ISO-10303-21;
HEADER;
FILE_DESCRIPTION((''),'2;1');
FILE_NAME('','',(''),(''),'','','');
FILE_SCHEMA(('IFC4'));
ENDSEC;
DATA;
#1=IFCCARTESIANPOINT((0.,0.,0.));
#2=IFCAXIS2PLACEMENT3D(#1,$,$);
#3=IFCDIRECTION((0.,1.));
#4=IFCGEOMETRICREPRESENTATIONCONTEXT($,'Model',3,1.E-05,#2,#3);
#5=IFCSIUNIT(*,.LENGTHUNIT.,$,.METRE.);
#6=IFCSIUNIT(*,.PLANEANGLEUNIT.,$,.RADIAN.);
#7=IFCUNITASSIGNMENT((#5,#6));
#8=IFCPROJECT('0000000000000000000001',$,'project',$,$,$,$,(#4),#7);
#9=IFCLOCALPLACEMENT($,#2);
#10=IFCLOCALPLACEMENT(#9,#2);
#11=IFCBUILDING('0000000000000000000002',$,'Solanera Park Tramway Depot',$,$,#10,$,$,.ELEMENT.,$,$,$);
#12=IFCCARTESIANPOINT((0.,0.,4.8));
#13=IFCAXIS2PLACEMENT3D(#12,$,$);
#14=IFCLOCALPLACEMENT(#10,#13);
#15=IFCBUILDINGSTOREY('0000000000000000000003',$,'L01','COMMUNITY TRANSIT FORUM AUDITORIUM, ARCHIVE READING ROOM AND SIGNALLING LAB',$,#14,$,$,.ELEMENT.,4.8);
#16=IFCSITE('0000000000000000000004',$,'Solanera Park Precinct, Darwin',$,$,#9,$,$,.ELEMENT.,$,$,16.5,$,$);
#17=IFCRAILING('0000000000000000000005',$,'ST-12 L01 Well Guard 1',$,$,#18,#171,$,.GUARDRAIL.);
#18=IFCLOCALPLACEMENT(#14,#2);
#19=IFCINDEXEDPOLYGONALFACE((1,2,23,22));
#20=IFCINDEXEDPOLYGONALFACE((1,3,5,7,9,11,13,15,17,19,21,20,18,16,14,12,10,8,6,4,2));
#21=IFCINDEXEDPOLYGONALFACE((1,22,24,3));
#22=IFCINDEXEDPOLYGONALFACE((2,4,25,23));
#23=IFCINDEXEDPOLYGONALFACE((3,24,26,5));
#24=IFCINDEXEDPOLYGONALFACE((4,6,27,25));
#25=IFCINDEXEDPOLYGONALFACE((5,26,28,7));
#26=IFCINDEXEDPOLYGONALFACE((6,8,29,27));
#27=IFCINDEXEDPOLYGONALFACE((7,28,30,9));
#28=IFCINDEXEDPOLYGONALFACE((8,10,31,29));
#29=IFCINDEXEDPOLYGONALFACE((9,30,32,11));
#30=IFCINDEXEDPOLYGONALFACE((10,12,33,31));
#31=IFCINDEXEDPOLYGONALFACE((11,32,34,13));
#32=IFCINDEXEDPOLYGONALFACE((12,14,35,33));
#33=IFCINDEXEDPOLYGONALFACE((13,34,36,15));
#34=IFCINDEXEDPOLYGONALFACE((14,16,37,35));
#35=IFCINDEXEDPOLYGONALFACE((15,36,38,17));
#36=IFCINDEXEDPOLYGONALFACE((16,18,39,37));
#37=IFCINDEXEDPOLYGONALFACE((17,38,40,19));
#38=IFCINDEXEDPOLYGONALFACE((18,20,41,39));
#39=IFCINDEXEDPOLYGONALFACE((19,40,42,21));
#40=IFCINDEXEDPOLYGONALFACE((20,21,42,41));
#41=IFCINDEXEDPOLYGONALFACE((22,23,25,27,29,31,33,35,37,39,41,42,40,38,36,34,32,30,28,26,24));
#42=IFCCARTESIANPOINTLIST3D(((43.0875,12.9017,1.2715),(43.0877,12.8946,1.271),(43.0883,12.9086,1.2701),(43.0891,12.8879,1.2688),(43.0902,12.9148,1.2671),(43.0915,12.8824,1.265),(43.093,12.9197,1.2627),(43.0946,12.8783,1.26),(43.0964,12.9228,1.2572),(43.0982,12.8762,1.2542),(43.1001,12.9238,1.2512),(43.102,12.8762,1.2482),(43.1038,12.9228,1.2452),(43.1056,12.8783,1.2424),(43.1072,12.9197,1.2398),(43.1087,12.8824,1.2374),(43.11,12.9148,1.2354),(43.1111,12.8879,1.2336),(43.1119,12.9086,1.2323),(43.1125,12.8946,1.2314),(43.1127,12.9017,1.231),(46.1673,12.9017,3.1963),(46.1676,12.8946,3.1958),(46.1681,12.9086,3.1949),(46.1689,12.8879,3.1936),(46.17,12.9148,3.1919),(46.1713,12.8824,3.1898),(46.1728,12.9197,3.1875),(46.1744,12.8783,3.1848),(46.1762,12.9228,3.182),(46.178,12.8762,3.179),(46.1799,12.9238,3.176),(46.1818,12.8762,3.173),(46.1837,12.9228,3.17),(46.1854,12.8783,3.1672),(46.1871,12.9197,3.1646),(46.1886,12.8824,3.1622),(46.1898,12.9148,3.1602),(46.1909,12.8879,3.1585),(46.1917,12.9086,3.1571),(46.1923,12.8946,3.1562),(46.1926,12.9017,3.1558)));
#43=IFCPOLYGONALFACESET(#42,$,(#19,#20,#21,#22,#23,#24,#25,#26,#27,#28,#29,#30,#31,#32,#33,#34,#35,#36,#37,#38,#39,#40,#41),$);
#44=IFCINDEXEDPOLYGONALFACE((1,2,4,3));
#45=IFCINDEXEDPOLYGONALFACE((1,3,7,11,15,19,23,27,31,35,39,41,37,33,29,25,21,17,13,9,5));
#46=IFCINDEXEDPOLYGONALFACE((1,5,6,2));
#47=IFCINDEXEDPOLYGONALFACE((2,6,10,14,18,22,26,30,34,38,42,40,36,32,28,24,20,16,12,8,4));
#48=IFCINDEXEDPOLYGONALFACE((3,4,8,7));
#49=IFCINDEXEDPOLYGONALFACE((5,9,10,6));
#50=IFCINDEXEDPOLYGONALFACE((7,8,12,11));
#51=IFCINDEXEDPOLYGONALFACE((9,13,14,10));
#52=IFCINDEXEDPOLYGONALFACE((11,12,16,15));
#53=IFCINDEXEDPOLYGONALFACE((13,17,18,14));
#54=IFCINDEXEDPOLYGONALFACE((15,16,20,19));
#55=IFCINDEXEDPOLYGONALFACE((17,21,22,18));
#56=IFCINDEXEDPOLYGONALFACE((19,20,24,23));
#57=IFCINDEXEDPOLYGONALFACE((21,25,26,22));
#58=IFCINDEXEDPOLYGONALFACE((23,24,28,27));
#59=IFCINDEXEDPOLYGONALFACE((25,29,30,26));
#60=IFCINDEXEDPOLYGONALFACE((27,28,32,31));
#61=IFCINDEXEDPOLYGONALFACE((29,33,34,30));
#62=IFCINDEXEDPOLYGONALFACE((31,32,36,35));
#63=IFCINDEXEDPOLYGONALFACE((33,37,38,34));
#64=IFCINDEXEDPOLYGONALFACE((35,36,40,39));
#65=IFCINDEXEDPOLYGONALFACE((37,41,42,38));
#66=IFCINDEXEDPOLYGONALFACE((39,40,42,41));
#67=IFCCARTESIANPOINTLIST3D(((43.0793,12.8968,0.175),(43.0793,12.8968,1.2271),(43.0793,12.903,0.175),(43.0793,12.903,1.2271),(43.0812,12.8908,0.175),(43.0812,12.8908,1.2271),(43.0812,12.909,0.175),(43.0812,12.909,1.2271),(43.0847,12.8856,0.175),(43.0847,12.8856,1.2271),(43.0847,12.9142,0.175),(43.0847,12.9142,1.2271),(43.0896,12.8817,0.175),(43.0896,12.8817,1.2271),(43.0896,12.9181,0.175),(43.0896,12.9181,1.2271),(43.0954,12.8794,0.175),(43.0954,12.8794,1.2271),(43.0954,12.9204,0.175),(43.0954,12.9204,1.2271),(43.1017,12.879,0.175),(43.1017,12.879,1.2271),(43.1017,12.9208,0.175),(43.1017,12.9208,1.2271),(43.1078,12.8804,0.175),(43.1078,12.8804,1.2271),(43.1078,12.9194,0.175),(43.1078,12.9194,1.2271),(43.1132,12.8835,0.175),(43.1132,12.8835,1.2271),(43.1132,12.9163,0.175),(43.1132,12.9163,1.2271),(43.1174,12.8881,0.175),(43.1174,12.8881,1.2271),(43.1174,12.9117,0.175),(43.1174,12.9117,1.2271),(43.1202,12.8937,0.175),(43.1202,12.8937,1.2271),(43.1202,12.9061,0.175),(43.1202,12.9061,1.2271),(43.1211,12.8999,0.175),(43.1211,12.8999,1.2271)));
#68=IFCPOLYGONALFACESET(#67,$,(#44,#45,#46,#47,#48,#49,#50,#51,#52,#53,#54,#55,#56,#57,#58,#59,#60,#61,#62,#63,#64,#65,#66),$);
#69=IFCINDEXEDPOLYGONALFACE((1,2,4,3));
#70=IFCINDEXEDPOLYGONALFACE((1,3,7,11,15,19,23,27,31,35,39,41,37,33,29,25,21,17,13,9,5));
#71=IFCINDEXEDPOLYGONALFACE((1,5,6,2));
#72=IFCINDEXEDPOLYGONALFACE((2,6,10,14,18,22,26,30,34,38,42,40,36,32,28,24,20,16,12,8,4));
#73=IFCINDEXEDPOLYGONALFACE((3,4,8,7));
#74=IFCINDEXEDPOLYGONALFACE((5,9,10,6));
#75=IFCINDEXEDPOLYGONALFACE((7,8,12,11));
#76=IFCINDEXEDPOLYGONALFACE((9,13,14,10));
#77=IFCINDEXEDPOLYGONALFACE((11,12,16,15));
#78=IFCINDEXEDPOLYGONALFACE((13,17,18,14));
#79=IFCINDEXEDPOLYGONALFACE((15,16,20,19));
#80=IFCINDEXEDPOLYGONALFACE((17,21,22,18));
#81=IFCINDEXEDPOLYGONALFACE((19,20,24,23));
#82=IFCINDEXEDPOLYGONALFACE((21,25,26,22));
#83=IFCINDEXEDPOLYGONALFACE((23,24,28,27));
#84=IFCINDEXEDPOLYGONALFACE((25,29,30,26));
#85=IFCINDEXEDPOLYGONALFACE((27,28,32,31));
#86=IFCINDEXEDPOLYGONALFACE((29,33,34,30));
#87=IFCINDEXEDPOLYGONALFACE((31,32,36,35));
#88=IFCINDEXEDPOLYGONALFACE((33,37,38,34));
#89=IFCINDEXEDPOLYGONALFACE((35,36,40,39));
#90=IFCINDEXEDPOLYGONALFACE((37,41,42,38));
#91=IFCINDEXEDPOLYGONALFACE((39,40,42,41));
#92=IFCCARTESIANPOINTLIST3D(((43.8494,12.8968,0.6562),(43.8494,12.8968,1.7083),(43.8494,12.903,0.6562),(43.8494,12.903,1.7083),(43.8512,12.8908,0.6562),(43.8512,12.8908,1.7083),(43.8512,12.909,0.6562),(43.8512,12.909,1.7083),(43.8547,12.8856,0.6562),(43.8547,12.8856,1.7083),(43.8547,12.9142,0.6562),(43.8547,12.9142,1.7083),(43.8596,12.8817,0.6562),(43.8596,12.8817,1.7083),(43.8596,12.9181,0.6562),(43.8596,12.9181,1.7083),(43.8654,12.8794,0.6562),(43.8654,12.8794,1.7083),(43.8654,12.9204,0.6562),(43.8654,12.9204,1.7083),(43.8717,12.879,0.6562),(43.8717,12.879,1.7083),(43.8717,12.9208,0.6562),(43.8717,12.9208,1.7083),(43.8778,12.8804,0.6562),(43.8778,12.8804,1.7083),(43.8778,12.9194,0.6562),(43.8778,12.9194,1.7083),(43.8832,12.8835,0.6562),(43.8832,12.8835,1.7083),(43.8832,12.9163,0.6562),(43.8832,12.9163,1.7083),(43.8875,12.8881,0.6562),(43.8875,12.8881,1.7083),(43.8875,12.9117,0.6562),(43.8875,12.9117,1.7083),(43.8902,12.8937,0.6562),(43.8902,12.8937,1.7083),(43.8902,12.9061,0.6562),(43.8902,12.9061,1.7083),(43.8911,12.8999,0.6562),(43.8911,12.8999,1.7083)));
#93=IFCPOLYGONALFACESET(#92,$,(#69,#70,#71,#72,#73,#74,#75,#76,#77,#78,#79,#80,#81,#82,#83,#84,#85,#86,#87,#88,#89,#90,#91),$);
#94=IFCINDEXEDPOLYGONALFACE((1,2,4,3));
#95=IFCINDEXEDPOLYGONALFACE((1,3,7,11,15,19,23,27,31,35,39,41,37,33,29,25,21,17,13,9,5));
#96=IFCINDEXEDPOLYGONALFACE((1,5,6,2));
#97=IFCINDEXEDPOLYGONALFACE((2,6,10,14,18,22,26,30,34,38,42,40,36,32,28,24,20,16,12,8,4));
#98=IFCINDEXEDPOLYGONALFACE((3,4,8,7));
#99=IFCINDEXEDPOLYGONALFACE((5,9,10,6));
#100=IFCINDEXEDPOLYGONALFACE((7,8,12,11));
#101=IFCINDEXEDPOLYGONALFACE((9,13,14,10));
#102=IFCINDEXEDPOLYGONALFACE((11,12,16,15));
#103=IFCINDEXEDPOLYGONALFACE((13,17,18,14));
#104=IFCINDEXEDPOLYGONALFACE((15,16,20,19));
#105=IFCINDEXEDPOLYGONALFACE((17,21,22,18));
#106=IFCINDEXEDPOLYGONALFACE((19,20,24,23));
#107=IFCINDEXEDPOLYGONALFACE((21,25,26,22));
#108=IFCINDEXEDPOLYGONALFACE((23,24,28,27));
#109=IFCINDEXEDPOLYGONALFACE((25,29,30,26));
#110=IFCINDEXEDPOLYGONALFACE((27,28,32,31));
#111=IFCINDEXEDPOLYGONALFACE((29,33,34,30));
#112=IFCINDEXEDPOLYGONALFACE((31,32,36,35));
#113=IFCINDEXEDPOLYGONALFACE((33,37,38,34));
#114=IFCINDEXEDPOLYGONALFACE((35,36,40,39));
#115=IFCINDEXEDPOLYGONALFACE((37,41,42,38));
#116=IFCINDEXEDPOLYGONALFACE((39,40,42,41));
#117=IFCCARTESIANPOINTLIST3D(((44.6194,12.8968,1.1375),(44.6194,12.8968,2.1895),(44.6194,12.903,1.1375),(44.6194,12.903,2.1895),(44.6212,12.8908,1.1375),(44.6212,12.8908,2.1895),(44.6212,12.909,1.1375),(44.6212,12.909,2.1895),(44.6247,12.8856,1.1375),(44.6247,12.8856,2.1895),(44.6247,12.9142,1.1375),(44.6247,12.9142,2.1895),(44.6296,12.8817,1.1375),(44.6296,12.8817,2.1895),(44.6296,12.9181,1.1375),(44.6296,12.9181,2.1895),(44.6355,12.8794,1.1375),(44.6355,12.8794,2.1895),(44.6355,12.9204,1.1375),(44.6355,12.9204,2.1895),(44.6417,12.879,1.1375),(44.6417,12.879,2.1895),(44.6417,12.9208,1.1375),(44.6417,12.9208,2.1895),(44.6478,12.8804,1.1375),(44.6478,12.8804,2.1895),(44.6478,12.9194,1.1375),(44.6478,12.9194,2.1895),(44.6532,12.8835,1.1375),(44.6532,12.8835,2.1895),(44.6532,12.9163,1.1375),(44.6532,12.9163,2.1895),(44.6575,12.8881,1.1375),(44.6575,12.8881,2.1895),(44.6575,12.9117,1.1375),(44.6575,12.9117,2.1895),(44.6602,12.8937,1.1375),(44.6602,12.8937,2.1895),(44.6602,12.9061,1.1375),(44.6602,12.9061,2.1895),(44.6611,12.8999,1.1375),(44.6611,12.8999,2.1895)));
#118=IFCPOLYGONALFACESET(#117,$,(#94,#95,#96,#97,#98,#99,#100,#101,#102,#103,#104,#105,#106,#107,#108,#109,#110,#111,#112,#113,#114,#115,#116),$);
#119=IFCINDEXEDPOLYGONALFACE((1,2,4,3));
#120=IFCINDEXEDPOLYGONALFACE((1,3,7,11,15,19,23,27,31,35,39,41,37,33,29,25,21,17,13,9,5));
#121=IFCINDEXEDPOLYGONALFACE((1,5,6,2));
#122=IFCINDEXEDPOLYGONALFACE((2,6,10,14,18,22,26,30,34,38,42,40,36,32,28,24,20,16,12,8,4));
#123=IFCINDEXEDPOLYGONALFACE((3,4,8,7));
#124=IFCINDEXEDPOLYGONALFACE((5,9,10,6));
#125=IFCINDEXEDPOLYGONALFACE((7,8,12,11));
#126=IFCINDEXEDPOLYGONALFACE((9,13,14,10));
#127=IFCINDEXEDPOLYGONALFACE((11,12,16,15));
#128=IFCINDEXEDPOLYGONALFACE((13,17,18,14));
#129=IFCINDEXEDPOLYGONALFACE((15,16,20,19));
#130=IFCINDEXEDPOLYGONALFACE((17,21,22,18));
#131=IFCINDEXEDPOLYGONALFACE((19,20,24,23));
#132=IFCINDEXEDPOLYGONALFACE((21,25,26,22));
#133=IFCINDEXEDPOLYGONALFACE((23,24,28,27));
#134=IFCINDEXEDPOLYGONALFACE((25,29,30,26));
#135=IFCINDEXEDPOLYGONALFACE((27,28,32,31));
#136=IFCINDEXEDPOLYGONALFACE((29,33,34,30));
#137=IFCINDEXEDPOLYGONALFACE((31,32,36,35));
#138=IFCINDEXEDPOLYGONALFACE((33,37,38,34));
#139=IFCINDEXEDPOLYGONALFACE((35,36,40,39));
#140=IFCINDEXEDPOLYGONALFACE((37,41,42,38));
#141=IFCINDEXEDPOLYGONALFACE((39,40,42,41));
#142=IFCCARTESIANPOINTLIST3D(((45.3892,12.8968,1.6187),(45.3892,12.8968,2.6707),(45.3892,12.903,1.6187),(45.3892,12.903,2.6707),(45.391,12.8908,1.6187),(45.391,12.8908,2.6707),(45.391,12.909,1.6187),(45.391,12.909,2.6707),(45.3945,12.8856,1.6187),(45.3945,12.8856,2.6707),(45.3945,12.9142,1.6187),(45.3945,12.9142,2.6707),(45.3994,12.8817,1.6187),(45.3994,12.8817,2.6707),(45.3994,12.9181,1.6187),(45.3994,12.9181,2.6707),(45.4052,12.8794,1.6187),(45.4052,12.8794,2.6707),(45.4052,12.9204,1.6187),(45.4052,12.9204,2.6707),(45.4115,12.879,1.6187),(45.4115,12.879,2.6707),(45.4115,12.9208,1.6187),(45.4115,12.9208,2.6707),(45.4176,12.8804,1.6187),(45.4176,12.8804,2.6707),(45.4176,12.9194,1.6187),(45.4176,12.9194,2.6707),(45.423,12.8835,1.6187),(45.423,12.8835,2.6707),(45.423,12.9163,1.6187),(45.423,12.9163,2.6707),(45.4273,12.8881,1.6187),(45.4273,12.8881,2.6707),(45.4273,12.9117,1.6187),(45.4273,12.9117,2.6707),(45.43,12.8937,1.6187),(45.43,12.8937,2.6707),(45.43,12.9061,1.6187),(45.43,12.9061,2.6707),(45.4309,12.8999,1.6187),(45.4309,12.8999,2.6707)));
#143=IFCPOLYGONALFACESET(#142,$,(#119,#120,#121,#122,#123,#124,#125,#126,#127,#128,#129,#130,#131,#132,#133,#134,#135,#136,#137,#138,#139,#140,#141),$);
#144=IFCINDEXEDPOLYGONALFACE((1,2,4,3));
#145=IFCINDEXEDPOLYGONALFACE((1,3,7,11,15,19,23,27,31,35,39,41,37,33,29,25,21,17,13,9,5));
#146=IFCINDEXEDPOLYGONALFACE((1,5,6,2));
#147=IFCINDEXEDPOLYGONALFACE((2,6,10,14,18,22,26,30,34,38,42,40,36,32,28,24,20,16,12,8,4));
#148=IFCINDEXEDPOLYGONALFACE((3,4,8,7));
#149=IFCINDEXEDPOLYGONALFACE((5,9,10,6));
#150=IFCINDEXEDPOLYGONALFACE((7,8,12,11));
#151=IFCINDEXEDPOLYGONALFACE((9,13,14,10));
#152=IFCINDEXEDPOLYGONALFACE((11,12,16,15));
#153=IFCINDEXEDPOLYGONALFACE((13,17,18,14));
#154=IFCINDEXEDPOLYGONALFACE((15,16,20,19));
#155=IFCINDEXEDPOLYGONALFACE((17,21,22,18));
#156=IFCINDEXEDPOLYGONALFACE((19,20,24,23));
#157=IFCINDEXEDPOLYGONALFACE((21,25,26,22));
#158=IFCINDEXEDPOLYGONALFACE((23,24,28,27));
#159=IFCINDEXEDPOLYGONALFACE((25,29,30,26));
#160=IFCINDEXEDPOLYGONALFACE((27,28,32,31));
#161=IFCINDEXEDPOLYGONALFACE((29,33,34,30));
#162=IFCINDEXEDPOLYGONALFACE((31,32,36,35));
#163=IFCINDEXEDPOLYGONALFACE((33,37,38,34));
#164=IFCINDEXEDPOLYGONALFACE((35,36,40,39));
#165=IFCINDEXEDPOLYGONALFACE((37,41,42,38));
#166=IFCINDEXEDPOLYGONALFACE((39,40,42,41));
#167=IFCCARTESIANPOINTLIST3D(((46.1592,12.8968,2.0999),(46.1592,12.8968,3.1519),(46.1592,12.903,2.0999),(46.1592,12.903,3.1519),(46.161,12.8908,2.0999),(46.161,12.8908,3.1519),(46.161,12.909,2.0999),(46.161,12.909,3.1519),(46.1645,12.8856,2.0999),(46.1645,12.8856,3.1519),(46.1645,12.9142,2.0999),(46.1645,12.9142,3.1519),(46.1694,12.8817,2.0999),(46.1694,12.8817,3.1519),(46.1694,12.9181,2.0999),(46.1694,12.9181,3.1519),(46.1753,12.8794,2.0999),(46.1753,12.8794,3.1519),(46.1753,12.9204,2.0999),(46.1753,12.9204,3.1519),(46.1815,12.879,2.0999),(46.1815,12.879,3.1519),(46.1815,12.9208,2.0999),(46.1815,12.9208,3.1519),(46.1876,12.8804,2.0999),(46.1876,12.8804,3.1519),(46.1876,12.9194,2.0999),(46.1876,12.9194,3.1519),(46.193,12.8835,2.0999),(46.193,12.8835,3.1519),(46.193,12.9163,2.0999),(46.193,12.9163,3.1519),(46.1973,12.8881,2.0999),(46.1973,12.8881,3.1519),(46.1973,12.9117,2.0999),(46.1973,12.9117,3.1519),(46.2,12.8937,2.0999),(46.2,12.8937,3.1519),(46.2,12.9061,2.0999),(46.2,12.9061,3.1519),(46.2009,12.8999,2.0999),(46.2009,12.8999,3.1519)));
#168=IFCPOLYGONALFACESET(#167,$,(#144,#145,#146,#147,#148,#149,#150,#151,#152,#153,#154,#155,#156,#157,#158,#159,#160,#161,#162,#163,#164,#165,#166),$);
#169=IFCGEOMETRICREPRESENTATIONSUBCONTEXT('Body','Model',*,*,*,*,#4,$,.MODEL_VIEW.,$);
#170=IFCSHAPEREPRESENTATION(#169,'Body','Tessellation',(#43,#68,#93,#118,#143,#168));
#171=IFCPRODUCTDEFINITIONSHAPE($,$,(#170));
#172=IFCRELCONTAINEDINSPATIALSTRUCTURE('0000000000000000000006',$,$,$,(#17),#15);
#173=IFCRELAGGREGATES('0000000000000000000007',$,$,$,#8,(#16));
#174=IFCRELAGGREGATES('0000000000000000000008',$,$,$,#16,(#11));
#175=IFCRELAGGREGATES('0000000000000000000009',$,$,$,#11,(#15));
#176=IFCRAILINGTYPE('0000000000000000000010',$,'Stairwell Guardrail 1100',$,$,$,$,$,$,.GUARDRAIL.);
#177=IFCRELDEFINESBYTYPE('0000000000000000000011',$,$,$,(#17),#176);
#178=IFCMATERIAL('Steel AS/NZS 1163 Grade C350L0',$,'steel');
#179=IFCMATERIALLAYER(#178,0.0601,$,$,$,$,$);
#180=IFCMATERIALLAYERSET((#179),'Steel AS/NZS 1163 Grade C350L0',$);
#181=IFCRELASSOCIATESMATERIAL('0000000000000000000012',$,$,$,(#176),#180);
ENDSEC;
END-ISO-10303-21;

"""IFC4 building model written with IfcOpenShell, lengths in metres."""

from ifc_helpers import new_model, si_unit, direction, frame, origin, origin_2d, place, context, subcontext, project, spatial, circle, extrude, material, layer, layer_set, type_object, element, save


model = new_model("IFC4")

# Units and contexts
model_context = context("Model", 3, precision=1e-05, world=origin(), true_north=direction((0.0, 1.0)))
body_context = subcontext(model_context, "Body", "Model", "MODEL_VIEW")
ifc_project = project(units=[si_unit("LENGTHUNIT", "METRE"), si_unit("PLANEANGLEUNIT", "RADIAN")], contexts=[model_context])

# Site, building, storey
site_placement = place(None, origin())
site = spatial("IfcSite", under=ifc_project, at=site_placement, Name="Solanera Park Precinct, Darwin", CompositionType="ELEMENT", RefElevation=16.5)
building_placement = place(site_placement, origin())
building = spatial("IfcBuilding", under=site, at=building_placement, Name="Solanera Park Tramway Depot", CompositionType="ELEMENT")
storey_placement = place(building_placement, frame((0.0, 0.0, 4.8)))
storey = spatial("IfcBuildingStorey", under=building, at=storey_placement, Name="L01", Description="COMMUNITY TRANSIT FORUM AUDITORIUM, ARCHIVE READING ROOM AND SIGNALLING LAB", CompositionType="ELEMENT", Elevation=4.8)

# Railing
ifc_material_1 = material(Name="Steel AS/NZS 1163 Grade C350L0", Category="steel")
ifc_layer_1 = layer(ifc_material_1, 0.0601)
ifc_layer_set_1 = layer_set([ifc_layer_1], Name="Steel AS/NZS 1163 Grade C350L0")
railing_type_1 = type_object("IfcRailingType", Name="Stairwell Guardrail 1100", PredefinedType="GUARDRAIL", material=ifc_layer_set_1)
railing_1_placement = place(storey_placement, frame((43.1001, 12.8999, 0.175)))
element("IfcRailing", 1, at=railing_1_placement, inside=storey, type_object=railing_type_1, Name="ST-12 L01 Well Guard 1", PredefinedType="GUARDRAIL", context=body_context, shape_type="SweptSolid", body=[
    extrude(circle(Radius=0.0239, at=origin_2d()), frame((0.0, 0.0, 1.0762), z_axis=(0.84801, 0.0, 0.529981), x_axis=(0.0, 1.0, 0.0)), (0.0, 0.0, 1.0), 3.6318),
    extrude(circle(Radius=0.021, at=origin_2d()), origin(), (0.0, 0.0, 1.0), 1.052),
    extrude(circle(Radius=0.021, at=origin_2d()), frame((0.77, 0.0, 0.4812)), (0.0, 0.0, 1.0), 1.052),
    extrude(circle(Radius=0.021, at=origin_2d()), frame((1.54, 0.0, 0.9624)), (0.0, 0.0, 1.0), 1.052),
    extrude(circle(Radius=0.021, at=origin_2d()), frame((2.3098, 0.0, 1.4436)), (0.0, 0.0, 1.0), 1.052),
    extrude(circle(Radius=0.021, at=origin_2d()), frame((3.0798, 0.0, 1.9248)), (0.0, 0.0, 1.0), 1.052),
])

save(model, "model.ifc")
